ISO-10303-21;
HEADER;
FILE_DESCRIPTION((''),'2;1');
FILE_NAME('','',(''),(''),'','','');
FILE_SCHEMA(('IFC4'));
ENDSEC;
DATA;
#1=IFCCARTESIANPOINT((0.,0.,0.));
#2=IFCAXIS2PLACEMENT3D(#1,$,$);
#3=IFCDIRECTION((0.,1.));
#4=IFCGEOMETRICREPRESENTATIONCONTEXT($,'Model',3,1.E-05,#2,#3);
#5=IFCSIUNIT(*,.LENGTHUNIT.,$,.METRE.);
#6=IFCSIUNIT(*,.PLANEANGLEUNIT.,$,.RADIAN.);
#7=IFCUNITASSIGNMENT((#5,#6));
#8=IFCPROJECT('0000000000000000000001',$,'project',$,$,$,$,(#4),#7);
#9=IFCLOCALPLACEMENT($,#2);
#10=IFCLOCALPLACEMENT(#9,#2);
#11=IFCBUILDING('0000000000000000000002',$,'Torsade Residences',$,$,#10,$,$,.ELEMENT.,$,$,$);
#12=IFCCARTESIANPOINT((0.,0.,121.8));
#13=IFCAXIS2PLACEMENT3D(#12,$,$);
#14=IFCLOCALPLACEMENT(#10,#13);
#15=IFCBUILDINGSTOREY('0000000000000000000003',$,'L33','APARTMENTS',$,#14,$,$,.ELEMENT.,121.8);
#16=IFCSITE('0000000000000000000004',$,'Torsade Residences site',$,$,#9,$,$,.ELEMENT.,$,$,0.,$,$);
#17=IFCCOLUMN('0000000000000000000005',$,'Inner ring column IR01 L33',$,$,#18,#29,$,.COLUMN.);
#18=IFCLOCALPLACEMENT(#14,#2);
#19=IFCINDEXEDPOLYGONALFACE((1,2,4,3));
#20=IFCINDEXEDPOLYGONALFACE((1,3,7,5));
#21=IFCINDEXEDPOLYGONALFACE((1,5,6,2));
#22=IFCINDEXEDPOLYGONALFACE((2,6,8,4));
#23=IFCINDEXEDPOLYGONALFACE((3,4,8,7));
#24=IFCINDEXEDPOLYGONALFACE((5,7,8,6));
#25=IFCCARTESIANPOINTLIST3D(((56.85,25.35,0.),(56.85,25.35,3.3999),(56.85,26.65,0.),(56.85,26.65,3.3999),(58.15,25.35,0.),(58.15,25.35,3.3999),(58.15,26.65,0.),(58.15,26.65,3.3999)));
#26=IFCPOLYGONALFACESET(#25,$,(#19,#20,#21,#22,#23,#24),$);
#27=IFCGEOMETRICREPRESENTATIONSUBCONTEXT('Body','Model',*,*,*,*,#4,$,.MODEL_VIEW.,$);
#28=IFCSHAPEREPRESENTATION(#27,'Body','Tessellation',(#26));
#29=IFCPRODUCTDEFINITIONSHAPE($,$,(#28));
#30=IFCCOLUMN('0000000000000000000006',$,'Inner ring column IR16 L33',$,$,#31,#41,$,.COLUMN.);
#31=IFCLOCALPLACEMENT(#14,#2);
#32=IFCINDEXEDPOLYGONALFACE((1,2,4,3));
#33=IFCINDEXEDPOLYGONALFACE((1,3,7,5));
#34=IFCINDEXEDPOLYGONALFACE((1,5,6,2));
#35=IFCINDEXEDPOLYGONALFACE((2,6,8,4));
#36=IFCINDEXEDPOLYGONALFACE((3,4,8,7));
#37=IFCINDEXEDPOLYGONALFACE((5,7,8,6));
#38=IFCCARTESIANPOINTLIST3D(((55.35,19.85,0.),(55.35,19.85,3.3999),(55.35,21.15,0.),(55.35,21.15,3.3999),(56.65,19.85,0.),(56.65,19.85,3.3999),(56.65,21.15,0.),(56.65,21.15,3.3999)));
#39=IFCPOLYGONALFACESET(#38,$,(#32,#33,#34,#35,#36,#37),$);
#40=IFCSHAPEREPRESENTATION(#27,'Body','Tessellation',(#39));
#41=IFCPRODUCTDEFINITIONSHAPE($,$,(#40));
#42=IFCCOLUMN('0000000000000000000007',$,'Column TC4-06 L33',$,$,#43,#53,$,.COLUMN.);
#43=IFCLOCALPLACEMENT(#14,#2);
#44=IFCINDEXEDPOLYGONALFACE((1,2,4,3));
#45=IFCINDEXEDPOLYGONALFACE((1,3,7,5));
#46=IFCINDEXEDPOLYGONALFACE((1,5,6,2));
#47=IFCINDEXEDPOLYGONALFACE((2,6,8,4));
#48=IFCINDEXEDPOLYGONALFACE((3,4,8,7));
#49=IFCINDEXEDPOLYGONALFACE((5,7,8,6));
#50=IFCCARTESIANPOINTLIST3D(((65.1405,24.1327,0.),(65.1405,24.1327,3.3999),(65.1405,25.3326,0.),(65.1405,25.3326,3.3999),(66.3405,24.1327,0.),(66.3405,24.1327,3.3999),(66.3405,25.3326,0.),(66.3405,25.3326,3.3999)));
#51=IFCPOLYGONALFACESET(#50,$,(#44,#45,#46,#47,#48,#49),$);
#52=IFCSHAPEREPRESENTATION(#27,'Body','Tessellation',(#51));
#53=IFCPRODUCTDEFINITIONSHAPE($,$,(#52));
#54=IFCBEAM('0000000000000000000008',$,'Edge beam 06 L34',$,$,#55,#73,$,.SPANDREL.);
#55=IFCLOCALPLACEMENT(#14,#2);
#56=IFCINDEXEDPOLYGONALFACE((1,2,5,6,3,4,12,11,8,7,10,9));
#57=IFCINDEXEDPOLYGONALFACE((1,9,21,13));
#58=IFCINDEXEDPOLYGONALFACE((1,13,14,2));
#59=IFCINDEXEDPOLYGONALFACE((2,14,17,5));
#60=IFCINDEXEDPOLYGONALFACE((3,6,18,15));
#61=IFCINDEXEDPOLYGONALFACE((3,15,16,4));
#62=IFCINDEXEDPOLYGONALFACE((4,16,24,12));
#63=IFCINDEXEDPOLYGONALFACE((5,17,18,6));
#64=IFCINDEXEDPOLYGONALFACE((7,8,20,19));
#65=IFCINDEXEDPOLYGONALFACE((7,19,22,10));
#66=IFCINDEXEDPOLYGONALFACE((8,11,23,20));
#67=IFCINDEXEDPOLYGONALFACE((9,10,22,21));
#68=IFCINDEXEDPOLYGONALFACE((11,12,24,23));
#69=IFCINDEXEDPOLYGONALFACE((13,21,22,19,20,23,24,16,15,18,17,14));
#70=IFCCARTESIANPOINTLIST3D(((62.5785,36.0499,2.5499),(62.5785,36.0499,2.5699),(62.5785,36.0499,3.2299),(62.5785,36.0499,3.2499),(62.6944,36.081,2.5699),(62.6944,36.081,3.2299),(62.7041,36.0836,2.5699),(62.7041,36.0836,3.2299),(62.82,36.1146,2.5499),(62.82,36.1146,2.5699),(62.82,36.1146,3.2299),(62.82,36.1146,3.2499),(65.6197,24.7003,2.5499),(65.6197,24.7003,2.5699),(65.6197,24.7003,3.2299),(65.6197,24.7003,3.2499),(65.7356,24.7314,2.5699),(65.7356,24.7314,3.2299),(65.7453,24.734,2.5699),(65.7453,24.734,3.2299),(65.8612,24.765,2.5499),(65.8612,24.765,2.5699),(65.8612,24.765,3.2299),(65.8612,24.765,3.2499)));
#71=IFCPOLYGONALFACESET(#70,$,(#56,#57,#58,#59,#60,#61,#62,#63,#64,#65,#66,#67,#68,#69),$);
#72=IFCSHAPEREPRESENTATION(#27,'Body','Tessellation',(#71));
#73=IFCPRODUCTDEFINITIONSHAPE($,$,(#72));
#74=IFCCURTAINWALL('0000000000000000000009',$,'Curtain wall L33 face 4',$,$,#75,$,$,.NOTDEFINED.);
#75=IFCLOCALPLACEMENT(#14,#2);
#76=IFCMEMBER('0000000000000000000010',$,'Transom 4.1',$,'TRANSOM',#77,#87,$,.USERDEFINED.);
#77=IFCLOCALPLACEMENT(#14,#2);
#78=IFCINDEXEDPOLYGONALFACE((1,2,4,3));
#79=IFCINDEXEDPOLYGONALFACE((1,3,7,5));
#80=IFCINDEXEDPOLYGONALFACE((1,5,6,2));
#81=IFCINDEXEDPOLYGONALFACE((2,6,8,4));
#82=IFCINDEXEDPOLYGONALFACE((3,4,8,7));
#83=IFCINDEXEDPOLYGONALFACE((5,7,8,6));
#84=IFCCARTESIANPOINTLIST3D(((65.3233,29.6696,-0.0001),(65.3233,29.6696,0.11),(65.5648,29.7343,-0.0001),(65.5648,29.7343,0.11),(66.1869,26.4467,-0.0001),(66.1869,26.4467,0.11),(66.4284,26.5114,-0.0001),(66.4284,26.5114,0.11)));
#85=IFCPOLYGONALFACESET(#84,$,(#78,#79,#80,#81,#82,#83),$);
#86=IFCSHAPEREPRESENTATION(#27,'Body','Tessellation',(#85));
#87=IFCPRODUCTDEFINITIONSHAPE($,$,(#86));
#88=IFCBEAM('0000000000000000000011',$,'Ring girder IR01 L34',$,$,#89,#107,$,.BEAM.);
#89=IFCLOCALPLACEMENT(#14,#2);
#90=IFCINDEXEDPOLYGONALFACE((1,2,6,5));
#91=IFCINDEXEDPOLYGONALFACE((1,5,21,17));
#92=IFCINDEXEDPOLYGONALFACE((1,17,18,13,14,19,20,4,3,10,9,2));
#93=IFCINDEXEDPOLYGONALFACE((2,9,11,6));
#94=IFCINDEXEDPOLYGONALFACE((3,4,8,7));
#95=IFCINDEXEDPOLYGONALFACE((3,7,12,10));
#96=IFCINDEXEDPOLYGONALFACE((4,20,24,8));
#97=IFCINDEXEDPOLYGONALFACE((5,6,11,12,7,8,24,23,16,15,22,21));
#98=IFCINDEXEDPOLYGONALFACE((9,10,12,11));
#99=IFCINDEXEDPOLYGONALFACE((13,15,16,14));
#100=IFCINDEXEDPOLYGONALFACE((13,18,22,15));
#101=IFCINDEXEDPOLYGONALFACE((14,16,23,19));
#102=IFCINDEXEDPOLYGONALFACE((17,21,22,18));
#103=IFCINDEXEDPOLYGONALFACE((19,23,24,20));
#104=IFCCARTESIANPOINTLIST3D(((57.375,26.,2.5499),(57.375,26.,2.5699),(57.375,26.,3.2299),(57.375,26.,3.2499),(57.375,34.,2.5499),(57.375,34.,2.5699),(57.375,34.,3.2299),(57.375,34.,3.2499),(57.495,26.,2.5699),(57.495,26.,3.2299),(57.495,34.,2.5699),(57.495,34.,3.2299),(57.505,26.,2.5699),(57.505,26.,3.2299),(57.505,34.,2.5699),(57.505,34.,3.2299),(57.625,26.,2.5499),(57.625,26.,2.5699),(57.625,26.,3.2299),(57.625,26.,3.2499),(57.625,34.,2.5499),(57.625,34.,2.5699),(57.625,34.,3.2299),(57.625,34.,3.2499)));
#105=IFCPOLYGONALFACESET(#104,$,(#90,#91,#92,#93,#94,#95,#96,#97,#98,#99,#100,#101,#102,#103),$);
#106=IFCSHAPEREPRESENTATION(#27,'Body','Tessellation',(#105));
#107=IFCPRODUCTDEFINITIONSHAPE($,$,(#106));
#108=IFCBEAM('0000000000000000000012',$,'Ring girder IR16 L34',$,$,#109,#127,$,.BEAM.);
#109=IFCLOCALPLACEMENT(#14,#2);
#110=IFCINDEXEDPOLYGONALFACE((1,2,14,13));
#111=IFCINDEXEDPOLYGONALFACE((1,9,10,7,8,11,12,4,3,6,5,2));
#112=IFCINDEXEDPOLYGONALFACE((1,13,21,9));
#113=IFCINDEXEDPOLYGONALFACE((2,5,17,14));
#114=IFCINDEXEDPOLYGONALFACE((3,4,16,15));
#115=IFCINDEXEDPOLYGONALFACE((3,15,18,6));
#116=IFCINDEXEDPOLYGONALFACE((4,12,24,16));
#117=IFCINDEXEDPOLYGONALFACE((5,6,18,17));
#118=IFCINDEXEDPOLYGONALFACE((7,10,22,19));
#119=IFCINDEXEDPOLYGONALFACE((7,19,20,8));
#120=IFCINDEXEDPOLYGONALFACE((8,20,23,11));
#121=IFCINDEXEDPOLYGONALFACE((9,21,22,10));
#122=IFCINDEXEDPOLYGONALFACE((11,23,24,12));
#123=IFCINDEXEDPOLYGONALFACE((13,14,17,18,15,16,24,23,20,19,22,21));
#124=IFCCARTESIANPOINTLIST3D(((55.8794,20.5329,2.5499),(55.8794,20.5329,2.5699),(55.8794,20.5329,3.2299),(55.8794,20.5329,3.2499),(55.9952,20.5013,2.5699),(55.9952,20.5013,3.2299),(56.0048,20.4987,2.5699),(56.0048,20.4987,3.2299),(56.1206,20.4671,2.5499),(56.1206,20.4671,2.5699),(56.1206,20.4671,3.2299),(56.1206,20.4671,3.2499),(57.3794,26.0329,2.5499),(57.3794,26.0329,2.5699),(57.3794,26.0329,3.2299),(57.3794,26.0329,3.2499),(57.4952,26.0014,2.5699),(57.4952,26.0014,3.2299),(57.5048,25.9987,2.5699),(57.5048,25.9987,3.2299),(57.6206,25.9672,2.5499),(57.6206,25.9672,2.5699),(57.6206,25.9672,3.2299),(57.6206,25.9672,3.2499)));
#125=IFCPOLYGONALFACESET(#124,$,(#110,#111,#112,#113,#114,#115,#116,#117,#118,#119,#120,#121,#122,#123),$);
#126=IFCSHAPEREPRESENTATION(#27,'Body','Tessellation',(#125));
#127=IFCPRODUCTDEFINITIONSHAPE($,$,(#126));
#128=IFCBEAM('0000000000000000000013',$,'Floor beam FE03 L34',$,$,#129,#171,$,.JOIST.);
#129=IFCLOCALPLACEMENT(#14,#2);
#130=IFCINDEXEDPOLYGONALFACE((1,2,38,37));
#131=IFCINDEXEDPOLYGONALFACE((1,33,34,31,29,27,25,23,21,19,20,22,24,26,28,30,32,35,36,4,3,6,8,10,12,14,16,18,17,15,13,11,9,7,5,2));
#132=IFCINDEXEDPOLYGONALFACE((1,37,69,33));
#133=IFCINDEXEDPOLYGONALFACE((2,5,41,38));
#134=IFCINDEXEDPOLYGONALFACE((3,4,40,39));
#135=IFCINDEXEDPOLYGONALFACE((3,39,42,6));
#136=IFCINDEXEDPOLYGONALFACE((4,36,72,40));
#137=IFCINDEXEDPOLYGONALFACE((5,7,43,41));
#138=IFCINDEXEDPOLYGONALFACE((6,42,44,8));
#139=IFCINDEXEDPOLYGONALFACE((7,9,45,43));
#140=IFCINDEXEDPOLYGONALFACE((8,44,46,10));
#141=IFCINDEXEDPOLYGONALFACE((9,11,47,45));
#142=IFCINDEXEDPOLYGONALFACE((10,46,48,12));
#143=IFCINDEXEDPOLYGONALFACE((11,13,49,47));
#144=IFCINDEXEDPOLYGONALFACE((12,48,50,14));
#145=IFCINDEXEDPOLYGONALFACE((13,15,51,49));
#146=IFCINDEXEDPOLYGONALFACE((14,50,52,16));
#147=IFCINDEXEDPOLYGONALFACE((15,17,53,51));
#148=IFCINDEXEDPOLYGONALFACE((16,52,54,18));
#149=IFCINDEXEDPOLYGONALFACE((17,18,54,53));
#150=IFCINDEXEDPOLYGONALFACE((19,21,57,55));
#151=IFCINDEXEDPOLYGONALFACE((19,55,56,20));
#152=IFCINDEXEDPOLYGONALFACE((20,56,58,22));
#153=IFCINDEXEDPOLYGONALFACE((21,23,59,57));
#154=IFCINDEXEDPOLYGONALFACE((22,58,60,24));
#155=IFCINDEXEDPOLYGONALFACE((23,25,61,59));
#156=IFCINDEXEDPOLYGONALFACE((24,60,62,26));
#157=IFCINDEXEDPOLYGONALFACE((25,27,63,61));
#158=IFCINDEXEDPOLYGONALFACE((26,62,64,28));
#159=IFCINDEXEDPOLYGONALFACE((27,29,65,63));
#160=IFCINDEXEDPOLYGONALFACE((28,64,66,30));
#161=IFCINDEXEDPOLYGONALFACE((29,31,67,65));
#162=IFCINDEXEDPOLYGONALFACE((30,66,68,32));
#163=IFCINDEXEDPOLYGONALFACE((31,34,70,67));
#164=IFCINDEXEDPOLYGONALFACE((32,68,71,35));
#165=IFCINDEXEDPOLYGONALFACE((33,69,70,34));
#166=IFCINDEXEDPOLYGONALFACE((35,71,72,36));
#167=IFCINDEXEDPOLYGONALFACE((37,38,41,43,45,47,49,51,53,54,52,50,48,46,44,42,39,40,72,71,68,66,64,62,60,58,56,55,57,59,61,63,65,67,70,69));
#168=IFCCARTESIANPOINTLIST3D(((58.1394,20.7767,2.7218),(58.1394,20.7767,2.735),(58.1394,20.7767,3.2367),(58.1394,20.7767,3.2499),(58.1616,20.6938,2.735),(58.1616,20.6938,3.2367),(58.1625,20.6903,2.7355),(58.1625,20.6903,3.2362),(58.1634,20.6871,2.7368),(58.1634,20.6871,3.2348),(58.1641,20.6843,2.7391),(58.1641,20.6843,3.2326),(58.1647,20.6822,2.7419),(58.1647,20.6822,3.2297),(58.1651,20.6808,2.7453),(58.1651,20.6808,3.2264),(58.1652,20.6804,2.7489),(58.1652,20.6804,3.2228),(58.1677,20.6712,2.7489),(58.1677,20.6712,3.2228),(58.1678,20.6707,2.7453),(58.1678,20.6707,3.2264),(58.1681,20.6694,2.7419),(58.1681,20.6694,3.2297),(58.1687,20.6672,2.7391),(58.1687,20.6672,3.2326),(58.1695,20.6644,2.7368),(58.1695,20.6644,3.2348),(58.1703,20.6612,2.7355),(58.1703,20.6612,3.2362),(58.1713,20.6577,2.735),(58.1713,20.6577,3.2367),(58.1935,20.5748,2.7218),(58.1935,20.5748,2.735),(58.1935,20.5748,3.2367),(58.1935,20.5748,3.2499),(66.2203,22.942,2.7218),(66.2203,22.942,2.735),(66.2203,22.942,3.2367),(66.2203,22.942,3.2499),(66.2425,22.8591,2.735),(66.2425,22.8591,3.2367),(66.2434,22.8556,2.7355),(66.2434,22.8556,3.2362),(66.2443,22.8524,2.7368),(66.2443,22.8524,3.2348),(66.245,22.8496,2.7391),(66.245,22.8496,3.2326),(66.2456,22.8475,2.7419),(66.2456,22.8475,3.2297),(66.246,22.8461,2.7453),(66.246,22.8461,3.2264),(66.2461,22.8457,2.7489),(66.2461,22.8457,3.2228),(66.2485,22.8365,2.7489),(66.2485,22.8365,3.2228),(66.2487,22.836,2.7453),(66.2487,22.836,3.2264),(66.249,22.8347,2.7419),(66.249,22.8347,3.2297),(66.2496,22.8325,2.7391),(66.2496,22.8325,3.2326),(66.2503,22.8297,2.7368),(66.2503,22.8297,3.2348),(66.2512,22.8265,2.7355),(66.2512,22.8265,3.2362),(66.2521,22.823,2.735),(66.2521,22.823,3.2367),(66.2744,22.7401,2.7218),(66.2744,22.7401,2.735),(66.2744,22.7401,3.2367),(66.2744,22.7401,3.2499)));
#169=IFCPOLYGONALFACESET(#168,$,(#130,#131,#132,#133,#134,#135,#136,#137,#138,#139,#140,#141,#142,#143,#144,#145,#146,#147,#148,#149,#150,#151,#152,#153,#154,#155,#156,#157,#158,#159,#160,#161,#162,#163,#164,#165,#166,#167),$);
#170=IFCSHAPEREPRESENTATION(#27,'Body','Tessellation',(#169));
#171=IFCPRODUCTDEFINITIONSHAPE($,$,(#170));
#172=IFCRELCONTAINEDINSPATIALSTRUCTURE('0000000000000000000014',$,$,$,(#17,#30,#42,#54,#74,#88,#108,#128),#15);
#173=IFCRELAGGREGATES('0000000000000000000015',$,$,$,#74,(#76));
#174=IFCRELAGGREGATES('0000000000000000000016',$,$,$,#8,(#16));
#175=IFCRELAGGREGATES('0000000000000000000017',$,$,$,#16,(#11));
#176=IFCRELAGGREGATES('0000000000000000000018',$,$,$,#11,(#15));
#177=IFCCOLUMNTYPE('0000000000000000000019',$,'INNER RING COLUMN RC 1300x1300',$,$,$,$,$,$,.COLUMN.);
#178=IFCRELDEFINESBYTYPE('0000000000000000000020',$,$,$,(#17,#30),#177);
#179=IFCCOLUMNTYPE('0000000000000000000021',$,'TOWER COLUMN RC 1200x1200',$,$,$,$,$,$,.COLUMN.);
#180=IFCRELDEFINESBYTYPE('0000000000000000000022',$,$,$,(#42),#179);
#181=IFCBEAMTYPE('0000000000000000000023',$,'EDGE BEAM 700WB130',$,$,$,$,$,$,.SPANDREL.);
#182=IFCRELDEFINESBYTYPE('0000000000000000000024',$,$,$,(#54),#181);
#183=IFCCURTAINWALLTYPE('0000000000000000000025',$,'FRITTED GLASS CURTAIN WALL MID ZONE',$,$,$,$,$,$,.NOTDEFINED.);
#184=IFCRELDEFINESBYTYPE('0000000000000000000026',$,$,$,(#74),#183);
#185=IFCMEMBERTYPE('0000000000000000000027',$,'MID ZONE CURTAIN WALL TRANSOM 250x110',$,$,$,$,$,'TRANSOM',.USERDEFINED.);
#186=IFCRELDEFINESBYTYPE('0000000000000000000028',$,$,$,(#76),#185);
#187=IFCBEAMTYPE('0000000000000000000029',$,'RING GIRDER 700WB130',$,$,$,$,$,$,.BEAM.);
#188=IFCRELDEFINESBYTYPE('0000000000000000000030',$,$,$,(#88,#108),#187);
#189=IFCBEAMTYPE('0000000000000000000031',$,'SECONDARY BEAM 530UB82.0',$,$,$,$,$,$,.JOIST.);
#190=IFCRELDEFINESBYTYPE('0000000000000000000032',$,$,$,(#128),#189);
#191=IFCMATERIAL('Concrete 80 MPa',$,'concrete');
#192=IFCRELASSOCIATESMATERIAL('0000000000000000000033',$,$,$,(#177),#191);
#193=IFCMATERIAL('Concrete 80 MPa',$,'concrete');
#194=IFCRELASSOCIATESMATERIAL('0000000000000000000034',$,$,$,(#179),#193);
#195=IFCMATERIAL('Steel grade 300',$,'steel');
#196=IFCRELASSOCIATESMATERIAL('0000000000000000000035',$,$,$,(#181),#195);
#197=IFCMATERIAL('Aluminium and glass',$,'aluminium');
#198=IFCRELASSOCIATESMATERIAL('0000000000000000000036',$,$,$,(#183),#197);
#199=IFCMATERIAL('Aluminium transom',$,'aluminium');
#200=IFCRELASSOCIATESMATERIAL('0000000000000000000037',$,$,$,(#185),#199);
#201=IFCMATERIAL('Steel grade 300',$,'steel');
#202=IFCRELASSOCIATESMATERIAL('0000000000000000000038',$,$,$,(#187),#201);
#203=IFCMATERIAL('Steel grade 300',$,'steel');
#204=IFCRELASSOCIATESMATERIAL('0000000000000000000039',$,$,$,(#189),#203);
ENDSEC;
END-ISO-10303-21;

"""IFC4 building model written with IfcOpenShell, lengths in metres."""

from ifc_helpers import new_model, si_unit, direction, frame, origin, origin_2d, place, context, subcontext, project, spatial, rectangle, i_section, extrude, material, material_profile, profile_set, type_object, element, aggregate, save


model = new_model("IFC4")

# Units and contexts
model_context = context("Model", 3, precision=1e-05, world=origin(), true_north=direction((0.0, 1.0)))
body_context = subcontext(model_context, "Body", "Model", "MODEL_VIEW")
ifc_project = project(units=[si_unit("LENGTHUNIT", "METRE"), si_unit("PLANEANGLEUNIT", "RADIAN")], contexts=[model_context])

# Site, building, storey
site_placement = place(None, origin())
site = spatial("IfcSite", under=ifc_project, at=site_placement, Name="Torsade Residences site", CompositionType="ELEMENT", RefElevation=0.0)
building_placement = place(site_placement, origin())
building = spatial("IfcBuilding", under=site, at=building_placement, Name="Torsade Residences", CompositionType="ELEMENT")
storey_placement = place(building_placement, frame((0.0, 0.0, 121.8)))
storey = spatial("IfcBuildingStorey", under=building, at=storey_placement, Name="L33", Description="APARTMENTS", CompositionType="ELEMENT", Elevation=121.8)

# Columns
ifc_material_1 = material(Name="Concrete 80 MPa", Category="concrete")
ifc_material_profile_1 = material_profile(ifc_material_1, rectangle(XDim=1.3, YDim=1.3, at=origin_2d()), Name="RC 1300x1300")
ifc_profile_set_1 = profile_set([ifc_material_profile_1], Name="Concrete 80 MPa")
column_type_1 = type_object("IfcColumnType", Name="INNER RING COLUMN RC 1300x1300", PredefinedType="COLUMN", material=ifc_profile_set_1)
for number, where, z_axis, x_axis, name in (
    (1, (57.5, 26.0, 0.0), (0.0, 0.0, 1.0), (1.0, 0.0, 0.0), "Inner ring column IR01 L33"),
    (2, (56.0, 20.5, 0.0), (0.0, 0.0, 1.0), (1.0, 0.0, 0.0), "Inner ring column IR16 L33"),
):
    element("IfcColumn", number, at=place(storey_placement, frame(where, z_axis=z_axis, x_axis=x_axis)), inside=storey, type_object=column_type_1, Name=name, PredefinedType="COLUMN", context=body_context, shape_type="SweptSolid", body=[
        extrude(rectangle(XDim=1.3, YDim=1.3, at=origin_2d()), origin(), (0.0, 0.0, 1.0), 3.3999),
    ])
ifc_material_2 = material(Name="Concrete 80 MPa", Category="concrete")
ifc_material_profile_2 = material_profile(ifc_material_2, rectangle(XDim=1.2, YDim=1.2, at=origin_2d()), Name="RC 1200x1200")
ifc_profile_set_2 = profile_set([ifc_material_profile_2], Name="Concrete 80 MPa")
column_type_2 = type_object("IfcColumnType", Name="TOWER COLUMN RC 1200x1200", PredefinedType="COLUMN", material=ifc_profile_set_2)
column_placement = place(storey_placement, frame((65.7405, 24.7327, 0.0), z_axis=(0.0, 0.0, 1.0), x_axis=(1.0, 0.0, 0.0)))
element("IfcColumn", 3, at=column_placement, inside=storey, type_object=column_type_2, Name="Column TC4-06 L33", PredefinedType="COLUMN", context=body_context, shape_type="SweptSolid", body=[
    extrude(rectangle(XDim=1.2, YDim=1.2, at=origin_2d()), origin(), (0.0, 0.0, 1.0), 3.3999),
])

# Beam
ifc_material_3 = material(Name="Steel grade 300", Category="steel")
ifc_material_profile_3 = material_profile(ifc_material_3, i_section(OverallWidth=0.25, OverallDepth=0.7, WebThickness=0.01, FlangeThickness=0.02, at=origin_2d()), Name="700WB130")
ifc_profile_set_3 = profile_set([ifc_material_profile_3], Name="Steel grade 300")
beam_type_1 = type_object("IfcBeamType", Name="EDGE BEAM 700WB130", PredefinedType="SPANDREL", material=ifc_profile_set_3)
beam_1_placement = place(storey_placement, frame((65.7405, 24.7327, 2.8999), z_axis=(-0.25883, 0.965923, 0.0), x_axis=(-0.965923, -0.25883, 0.0)))
element("IfcBeam", 4, at=beam_1_placement, inside=storey, type_object=beam_type_1, Name="Edge beam 06 L34", PredefinedType="SPANDREL", context=body_context, shape_type="SweptSolid", body=[
    extrude(i_section(OverallWidth=0.25, OverallDepth=0.7, WebThickness=0.01, FlangeThickness=0.02, at=origin_2d()), origin(), (0.0, 0.0, 1.0), 11.75),
])

# Curtain wall, member
ifc_material_4 = material(Name="Aluminium and glass", Category="aluminium")
curtain_wall_type = type_object("IfcCurtainWallType", Name="FRITTED GLASS CURTAIN WALL MID ZONE", PredefinedType="NOTDEFINED", material=ifc_material_4)
curtain_wall_placement = place(storey_placement, origin())
curtain_wall = element("IfcCurtainWall", 5, at=curtain_wall_placement, inside=storey, type_object=curtain_wall_type, Name="Curtain wall L33 face 4", PredefinedType="NOTDEFINED")
ifc_material_5 = material(Name="Aluminium transom", Category="aluminium")
ifc_material_profile_4 = material_profile(ifc_material_5, rectangle(XDim=0.25, YDim=0.1101, at=origin_2d()), Name="MID ZONE CURTAIN WALL TRANSOM 250x110")
ifc_profile_set_4 = profile_set([ifc_material_profile_4], Name="Aluminium transom")
member_type = type_object("IfcMemberType", Name="MID ZONE CURTAIN WALL TRANSOM 250x110", ElementType="TRANSOM", PredefinedType="USERDEFINED", material=ifc_profile_set_4)
member_placement = place(storey_placement, frame((66.3076, 26.479, 0.0549), z_axis=(-0.258806, 0.965929, 0.0), x_axis=(-0.965929, -0.258806, 0.0)))
member = element("IfcMember", 6, at=member_placement, type_object=member_type, Name="Transom 4.1", ObjectType="TRANSOM", PredefinedType="USERDEFINED", context=body_context, shape_type="SweptSolid", body=[
    extrude(rectangle(XDim=0.25, YDim=0.1101, at=origin_2d()), origin(), (0.0, 0.0, 1.0), 3.3367),
])
aggregate(curtain_wall, [member])

# Beams
ifc_material_6 = material(Name="Steel grade 300", Category="steel")
ifc_material_profile_5 = material_profile(ifc_material_6, i_section(OverallWidth=0.25, OverallDepth=0.7, WebThickness=0.01, FlangeThickness=0.02, at=origin_2d()), Name="700WB130")
ifc_profile_set_5 = profile_set([ifc_material_profile_5], Name="Steel grade 300")
beam_type_2 = type_object("IfcBeamType", Name="RING GIRDER 700WB130", PredefinedType="BEAM", material=ifc_profile_set_5)
beam_2_placement = place(storey_placement, frame((57.5, 26.0, 2.8999), z_axis=(0.0, 1.0, 0.0), x_axis=(-1.0, 0.0, 0.0)))
element("IfcBeam", 7, at=beam_2_placement, inside=storey, type_object=beam_type_2, Name="Ring girder IR01 L34", PredefinedType="BEAM", context=body_context, shape_type="SweptSolid", body=[
    extrude(i_section(OverallWidth=0.25, OverallDepth=0.7, WebThickness=0.01, FlangeThickness=0.02, at=origin_2d()), origin(), (0.0, 0.0, 1.0), 8.0),
])
beam_3_placement = place(storey_placement, frame((56.0, 20.5, 2.8999), z_axis=(0.263117, 0.964764, 0.0), x_axis=(-0.964764, 0.263117, 0.0)))
element("IfcBeam", 8, at=beam_3_placement, inside=storey, type_object=beam_type_2, Name="Ring girder IR16 L34", PredefinedType="BEAM", context=body_context, shape_type="SweptSolid", body=[
    extrude(i_section(OverallWidth=0.25, OverallDepth=0.7, WebThickness=0.01, FlangeThickness=0.02, at=origin_2d()), origin(), (0.0, 0.0, 1.0), 5.7009),
])
ifc_material_7 = material(Name="Steel grade 300", Category="steel")
ifc_material_profile_6 = material_profile(ifc_material_7, i_section(OverallWidth=0.209, OverallDepth=0.5281, WebThickness=0.0095, FlangeThickness=0.0132, FilletRadius=0.0139, at=origin_2d()), Name="530UB82.0")
ifc_profile_set_6 = profile_set([ifc_material_profile_6], Name="Steel grade 300")
beam_type_3 = type_object("IfcBeamType", Name="SECONDARY BEAM 530UB82.0", PredefinedType="JOIST", material=ifc_profile_set_6)
beam_4_placement = place(storey_placement, frame((66.2473, 22.8411, 2.9858), z_axis=(-0.965925, -0.258823, 0.0), x_axis=(0.258823, -0.965925, 0.0)))
element("IfcBeam", 9, at=beam_4_placement, inside=storey, type_object=beam_type_3, Name="Floor beam FE03 L34", PredefinedType="JOIST", context=body_context, shape_type="SweptSolid", body=[
    extrude(i_section(OverallWidth=0.209, OverallDepth=0.5281, WebThickness=0.0095, FlangeThickness=0.0132, FilletRadius=0.0139, at=origin_2d()), origin(), (0.0, 0.0, 1.0), 8.366),
])

save(model, "model.ifc")
